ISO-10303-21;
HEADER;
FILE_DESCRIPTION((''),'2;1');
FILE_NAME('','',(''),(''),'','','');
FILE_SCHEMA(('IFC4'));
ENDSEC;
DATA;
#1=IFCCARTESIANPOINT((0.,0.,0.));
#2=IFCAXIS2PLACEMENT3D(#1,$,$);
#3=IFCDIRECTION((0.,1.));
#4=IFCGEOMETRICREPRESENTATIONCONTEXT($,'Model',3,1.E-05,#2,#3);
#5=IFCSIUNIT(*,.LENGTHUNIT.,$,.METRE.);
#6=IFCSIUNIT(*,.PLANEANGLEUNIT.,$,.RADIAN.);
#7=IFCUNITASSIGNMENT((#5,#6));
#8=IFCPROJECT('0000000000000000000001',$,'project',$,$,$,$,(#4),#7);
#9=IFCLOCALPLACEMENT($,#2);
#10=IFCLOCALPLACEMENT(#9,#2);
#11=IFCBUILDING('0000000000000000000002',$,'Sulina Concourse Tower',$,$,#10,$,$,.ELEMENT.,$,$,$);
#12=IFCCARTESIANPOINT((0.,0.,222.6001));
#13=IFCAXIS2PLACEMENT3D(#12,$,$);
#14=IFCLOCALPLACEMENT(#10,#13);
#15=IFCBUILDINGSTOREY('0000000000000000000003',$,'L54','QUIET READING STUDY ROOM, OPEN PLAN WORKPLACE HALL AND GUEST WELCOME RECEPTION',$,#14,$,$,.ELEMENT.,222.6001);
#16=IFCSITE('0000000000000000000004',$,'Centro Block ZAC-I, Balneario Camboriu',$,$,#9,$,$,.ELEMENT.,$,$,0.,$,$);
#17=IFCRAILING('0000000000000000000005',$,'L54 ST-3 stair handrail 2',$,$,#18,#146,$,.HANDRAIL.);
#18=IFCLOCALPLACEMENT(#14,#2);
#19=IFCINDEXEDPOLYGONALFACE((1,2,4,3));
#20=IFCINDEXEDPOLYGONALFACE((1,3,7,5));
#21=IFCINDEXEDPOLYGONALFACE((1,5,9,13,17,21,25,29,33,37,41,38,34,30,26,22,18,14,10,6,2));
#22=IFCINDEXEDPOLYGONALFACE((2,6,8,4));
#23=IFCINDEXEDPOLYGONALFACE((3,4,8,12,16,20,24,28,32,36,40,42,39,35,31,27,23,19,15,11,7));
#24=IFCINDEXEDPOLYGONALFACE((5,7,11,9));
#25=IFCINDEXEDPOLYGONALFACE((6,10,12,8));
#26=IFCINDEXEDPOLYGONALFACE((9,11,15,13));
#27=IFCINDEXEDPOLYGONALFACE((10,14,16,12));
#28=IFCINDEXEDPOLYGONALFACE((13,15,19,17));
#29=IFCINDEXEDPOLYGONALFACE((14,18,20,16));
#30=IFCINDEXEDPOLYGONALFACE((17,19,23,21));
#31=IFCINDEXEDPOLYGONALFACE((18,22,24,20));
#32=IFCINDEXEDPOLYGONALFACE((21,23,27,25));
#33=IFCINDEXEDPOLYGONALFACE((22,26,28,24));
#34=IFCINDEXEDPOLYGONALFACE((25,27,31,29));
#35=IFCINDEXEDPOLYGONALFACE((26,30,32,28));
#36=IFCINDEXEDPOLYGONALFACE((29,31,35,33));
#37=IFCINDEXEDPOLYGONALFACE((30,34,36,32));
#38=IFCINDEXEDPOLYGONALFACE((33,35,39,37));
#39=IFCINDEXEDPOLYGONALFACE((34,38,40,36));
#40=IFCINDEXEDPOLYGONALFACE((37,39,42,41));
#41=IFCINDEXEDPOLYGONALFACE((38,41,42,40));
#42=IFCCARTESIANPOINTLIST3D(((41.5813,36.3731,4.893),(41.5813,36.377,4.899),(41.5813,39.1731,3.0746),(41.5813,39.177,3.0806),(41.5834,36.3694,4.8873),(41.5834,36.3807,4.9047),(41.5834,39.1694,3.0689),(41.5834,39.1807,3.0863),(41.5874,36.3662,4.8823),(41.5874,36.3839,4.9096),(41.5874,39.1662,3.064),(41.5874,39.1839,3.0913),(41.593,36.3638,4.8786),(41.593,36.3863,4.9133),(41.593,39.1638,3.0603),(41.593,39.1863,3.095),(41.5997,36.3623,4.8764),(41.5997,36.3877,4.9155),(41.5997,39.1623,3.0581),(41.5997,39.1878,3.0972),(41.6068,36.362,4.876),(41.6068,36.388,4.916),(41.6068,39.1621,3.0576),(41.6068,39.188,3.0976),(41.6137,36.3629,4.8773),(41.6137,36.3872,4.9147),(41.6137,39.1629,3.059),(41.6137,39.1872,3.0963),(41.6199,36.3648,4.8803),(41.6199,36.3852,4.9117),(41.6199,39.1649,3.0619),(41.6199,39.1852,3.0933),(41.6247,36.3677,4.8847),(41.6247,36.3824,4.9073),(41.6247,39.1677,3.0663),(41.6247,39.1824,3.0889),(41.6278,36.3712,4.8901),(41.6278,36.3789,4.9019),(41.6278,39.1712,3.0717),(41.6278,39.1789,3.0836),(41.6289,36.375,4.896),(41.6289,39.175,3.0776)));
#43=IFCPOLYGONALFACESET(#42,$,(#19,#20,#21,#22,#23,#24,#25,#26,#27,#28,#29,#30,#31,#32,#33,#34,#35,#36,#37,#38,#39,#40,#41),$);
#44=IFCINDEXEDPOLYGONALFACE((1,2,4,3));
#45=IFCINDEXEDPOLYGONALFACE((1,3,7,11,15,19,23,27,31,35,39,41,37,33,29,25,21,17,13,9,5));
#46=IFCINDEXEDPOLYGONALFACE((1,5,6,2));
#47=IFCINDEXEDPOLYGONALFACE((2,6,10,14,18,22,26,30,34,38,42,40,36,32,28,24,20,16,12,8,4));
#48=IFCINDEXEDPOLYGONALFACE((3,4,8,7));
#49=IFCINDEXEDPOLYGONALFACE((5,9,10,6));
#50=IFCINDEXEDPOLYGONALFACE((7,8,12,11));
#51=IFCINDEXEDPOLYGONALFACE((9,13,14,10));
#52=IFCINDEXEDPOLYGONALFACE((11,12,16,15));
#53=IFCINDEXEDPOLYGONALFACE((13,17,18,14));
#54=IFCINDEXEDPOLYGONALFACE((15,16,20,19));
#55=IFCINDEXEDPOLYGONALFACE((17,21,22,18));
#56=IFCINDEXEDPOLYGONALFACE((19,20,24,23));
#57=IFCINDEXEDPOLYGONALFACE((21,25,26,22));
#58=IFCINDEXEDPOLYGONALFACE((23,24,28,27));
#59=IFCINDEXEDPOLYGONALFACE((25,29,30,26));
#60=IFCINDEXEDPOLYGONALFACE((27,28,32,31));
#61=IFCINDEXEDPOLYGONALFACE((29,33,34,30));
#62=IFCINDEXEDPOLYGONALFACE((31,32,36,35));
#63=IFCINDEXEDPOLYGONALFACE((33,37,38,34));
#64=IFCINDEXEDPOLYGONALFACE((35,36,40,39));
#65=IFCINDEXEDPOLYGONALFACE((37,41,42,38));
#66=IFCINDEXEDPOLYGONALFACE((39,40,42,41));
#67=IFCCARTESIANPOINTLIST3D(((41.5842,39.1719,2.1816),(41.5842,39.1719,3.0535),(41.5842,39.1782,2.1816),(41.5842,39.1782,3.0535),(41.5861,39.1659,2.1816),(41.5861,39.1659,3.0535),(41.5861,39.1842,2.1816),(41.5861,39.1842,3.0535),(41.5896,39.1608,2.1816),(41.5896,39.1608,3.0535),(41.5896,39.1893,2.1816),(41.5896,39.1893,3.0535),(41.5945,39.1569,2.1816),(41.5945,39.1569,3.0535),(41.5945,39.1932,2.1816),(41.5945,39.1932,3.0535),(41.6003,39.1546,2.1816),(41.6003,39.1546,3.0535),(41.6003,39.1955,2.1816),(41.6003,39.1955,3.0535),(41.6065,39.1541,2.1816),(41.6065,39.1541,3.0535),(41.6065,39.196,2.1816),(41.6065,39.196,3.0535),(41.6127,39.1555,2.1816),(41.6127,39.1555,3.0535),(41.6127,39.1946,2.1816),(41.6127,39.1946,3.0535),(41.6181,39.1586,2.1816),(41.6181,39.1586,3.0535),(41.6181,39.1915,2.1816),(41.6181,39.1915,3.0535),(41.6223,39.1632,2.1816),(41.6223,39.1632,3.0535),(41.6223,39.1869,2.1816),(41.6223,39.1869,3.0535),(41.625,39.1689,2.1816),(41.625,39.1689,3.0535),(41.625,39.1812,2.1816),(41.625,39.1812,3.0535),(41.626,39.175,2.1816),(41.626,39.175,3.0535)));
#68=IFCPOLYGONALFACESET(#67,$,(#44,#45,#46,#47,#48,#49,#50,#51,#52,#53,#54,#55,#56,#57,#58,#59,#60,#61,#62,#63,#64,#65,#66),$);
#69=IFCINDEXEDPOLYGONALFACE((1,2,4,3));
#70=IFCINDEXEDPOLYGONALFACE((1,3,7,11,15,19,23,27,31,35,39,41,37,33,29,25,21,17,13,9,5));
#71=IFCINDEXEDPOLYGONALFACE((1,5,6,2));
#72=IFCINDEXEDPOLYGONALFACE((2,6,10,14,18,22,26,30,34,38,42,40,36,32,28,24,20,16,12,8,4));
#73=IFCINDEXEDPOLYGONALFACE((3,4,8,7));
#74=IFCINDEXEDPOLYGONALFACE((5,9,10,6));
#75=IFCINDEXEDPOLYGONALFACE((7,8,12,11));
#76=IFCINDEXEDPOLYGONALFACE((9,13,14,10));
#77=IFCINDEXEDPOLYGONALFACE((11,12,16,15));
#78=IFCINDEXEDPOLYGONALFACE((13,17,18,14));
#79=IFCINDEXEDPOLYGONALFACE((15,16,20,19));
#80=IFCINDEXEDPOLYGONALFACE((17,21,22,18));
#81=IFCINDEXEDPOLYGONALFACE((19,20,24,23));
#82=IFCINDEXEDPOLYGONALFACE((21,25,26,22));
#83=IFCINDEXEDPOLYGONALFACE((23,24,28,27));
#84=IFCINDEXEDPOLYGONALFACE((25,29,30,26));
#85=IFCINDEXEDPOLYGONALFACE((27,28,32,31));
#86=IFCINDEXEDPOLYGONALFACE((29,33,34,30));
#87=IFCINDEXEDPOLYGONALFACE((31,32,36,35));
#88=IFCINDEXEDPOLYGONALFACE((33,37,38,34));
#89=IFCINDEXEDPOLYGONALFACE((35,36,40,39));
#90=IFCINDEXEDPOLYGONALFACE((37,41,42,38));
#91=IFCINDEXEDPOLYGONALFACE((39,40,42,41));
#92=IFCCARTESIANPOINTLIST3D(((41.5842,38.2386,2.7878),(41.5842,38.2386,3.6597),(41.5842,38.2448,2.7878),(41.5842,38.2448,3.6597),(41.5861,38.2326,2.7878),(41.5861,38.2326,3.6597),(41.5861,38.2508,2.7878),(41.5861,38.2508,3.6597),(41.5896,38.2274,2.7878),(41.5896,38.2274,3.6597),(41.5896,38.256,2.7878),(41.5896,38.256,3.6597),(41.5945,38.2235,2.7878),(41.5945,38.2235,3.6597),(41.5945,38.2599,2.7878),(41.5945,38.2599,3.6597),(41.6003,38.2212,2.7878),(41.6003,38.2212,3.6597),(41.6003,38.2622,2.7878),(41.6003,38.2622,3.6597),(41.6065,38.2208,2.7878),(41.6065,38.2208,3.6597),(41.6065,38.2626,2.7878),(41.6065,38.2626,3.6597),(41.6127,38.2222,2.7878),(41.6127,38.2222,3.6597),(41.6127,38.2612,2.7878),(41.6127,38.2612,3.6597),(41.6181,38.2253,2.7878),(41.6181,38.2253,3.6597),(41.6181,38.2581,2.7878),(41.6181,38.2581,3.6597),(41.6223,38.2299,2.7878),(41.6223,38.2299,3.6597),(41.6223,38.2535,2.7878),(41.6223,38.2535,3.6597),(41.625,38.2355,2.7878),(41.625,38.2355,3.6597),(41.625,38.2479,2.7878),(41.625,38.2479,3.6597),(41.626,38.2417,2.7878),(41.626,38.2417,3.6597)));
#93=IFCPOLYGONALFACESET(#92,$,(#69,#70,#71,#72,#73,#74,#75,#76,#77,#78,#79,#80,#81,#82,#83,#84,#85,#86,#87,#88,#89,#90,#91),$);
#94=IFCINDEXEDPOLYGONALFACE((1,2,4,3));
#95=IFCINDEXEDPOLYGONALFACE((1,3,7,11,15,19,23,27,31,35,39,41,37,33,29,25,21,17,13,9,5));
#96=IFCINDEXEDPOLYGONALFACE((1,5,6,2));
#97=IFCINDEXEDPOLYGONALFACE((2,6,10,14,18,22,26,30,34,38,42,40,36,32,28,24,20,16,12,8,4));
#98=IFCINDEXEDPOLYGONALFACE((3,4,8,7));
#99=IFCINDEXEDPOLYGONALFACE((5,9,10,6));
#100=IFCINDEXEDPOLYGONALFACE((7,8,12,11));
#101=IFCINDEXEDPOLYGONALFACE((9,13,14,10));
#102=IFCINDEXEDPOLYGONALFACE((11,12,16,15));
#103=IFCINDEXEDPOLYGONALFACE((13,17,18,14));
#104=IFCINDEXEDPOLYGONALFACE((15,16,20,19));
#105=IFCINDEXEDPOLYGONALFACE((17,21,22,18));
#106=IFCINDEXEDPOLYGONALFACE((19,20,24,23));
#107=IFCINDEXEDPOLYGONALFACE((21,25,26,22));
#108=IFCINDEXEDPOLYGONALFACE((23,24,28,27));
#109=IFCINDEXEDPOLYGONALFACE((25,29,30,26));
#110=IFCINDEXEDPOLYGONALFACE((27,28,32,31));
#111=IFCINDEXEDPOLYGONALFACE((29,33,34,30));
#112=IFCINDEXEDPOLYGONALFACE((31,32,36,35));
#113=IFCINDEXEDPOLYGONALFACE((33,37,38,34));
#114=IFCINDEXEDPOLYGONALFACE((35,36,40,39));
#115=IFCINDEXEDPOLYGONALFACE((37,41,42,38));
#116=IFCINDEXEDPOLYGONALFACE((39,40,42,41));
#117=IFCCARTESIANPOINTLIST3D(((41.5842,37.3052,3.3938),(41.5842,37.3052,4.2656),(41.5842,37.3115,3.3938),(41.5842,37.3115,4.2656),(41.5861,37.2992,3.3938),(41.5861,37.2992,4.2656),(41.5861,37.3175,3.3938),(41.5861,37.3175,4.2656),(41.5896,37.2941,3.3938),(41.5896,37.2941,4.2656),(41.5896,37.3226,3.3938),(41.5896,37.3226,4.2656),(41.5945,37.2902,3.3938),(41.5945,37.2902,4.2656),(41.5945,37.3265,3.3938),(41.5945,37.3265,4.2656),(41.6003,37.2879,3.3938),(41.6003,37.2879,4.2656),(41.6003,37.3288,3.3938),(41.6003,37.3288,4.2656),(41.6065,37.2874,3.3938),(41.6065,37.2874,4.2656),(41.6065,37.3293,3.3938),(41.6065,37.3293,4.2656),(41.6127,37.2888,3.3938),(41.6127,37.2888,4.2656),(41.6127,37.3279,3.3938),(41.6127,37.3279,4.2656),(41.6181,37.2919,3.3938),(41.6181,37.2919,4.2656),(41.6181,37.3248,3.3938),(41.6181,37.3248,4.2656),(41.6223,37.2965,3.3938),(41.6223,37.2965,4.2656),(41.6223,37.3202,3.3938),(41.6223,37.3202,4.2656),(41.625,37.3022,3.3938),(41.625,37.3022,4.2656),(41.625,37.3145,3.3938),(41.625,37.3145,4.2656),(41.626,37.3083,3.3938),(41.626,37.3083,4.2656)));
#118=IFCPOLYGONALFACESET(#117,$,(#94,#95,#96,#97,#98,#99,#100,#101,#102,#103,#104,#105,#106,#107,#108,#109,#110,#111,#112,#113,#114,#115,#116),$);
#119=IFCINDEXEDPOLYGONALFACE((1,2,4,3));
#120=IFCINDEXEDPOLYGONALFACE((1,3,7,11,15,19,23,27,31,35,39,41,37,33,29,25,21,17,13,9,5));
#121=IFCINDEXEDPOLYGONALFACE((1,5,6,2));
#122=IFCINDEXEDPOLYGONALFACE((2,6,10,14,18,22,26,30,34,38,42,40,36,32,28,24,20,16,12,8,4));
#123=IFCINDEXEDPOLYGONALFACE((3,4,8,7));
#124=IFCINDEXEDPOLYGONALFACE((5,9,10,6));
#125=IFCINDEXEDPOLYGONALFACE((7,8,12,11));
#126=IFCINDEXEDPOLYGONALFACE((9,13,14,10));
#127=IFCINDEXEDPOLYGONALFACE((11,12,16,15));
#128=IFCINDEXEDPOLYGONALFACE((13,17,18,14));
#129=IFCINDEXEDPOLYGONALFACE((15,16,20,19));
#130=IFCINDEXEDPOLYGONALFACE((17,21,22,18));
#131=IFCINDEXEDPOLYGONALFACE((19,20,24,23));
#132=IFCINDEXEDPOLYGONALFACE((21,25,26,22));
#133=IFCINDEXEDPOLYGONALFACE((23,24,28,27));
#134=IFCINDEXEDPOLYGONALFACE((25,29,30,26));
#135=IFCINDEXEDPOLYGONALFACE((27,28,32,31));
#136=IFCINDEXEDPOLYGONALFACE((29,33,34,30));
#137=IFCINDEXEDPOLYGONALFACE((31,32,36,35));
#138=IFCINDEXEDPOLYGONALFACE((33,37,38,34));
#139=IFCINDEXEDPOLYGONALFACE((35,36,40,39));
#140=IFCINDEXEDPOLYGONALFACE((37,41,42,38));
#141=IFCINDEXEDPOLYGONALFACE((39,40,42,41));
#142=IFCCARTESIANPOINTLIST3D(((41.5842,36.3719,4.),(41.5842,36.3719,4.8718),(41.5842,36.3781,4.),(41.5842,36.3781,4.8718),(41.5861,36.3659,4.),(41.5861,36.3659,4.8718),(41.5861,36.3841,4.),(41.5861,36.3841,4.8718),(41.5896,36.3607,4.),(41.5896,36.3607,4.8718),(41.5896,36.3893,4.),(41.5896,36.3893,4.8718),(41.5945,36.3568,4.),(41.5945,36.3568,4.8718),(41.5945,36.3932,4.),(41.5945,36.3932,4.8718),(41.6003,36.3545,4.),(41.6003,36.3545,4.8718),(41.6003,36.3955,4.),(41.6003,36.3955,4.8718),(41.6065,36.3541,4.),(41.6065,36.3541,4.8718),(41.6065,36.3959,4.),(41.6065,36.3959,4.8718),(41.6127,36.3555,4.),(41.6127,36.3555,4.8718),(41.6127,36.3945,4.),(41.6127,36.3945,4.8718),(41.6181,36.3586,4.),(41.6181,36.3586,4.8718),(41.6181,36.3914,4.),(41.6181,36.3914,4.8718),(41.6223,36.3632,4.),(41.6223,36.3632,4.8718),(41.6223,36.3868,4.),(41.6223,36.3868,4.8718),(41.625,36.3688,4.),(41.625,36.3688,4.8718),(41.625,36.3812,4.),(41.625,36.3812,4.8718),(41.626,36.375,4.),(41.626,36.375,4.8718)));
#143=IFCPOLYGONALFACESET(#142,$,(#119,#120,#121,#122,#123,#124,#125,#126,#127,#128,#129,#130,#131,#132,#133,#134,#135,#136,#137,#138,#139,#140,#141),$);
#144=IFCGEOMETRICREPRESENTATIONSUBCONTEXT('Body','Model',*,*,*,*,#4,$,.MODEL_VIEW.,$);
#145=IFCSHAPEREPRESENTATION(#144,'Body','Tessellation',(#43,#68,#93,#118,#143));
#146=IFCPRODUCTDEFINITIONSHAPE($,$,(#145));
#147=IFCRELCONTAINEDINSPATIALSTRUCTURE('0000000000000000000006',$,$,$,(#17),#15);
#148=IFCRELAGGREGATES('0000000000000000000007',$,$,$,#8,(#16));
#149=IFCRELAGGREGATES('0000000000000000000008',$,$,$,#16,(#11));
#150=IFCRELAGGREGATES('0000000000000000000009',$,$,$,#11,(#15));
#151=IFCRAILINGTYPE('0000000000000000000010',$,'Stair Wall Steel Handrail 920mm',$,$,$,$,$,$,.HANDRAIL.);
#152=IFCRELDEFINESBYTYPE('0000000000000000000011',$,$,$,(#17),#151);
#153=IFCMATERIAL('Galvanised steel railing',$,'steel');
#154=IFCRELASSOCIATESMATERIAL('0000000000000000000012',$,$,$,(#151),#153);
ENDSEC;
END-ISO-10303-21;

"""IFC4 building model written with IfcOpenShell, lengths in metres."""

from ifc_helpers import new_model, si_unit, direction, frame, origin, origin_2d, place, context, subcontext, project, spatial, circle, extrude, material, type_object, element, save


model = new_model("IFC4")

# Units and contexts
model_context = context("Model", 3, precision=1e-05, world=origin(), true_north=direction((0.0, 1.0)))
body_context = subcontext(model_context, "Body", "Model", "MODEL_VIEW")
ifc_project = project(units=[si_unit("LENGTHUNIT", "METRE"), si_unit("PLANEANGLEUNIT", "RADIAN")], contexts=[model_context])

# Site, building, storey
site_placement = place(None, origin())
site = spatial("IfcSite", under=ifc_project, at=site_placement, Name="Centro Block ZAC-I, Balneario Camboriu", CompositionType="ELEMENT", RefElevation=0.0)
building_placement = place(site_placement, origin())
building = spatial("IfcBuilding", under=site, at=building_placement, Name="Sulina Concourse Tower", CompositionType="ELEMENT")
storey_placement = place(building_placement, frame((0.0, 0.0, 222.6001)))
storey = spatial("IfcBuildingStorey", under=building, at=storey_placement, Name="L54", Description="QUIET READING STUDY ROOM, OPEN PLAN WORKPLACE HALL AND GUEST WELCOME RECEPTION", CompositionType="ELEMENT", Elevation=222.6001)

# Railing
ifc_material_1 = material(Name="Galvanised steel railing", Category="steel")
railing_type_1 = type_object("IfcRailingType", Name="Stair Wall Steel Handrail 920mm", PredefinedType="HANDRAIL", material=ifc_material_1)
railing_1_placement = place(storey_placement, frame((41.605, 39.175, 2.1816)))
element("IfcRailing", 1, at=railing_1_placement, inside=storey, type_object=railing_type_1, Name="L54 ST-3 stair handrail 2", PredefinedType="HANDRAIL", context=body_context, shape_type="SweptSolid", body=[
    extrude(circle(Radius=0.0239, at=origin_2d()), frame((0.0, 0.0, 0.896), z_axis=(0.0, -0.838672, 0.544636), x_axis=(1.0, 0.0, 0.0)), (0.0, 0.0, 1.0), 3.3386),
    extrude(circle(Radius=0.021, at=origin_2d()), origin(), (0.0, 0.0, 1.0), 0.8718),
    extrude(circle(Radius=0.021, at=origin_2d()), frame((0.0, -0.9333, 0.6062)), (0.0, 0.0, 1.0), 0.8718),
    extrude(circle(Radius=0.021, at=origin_2d()), frame((0.0, -1.8667, 1.2122)), (0.0, 0.0, 1.0), 0.8718),
    extrude(circle(Radius=0.021, at=origin_2d()), frame((0.0, -2.8, 1.8184)), (0.0, 0.0, 1.0), 0.8718),
])

save(model, "model.ifc")
